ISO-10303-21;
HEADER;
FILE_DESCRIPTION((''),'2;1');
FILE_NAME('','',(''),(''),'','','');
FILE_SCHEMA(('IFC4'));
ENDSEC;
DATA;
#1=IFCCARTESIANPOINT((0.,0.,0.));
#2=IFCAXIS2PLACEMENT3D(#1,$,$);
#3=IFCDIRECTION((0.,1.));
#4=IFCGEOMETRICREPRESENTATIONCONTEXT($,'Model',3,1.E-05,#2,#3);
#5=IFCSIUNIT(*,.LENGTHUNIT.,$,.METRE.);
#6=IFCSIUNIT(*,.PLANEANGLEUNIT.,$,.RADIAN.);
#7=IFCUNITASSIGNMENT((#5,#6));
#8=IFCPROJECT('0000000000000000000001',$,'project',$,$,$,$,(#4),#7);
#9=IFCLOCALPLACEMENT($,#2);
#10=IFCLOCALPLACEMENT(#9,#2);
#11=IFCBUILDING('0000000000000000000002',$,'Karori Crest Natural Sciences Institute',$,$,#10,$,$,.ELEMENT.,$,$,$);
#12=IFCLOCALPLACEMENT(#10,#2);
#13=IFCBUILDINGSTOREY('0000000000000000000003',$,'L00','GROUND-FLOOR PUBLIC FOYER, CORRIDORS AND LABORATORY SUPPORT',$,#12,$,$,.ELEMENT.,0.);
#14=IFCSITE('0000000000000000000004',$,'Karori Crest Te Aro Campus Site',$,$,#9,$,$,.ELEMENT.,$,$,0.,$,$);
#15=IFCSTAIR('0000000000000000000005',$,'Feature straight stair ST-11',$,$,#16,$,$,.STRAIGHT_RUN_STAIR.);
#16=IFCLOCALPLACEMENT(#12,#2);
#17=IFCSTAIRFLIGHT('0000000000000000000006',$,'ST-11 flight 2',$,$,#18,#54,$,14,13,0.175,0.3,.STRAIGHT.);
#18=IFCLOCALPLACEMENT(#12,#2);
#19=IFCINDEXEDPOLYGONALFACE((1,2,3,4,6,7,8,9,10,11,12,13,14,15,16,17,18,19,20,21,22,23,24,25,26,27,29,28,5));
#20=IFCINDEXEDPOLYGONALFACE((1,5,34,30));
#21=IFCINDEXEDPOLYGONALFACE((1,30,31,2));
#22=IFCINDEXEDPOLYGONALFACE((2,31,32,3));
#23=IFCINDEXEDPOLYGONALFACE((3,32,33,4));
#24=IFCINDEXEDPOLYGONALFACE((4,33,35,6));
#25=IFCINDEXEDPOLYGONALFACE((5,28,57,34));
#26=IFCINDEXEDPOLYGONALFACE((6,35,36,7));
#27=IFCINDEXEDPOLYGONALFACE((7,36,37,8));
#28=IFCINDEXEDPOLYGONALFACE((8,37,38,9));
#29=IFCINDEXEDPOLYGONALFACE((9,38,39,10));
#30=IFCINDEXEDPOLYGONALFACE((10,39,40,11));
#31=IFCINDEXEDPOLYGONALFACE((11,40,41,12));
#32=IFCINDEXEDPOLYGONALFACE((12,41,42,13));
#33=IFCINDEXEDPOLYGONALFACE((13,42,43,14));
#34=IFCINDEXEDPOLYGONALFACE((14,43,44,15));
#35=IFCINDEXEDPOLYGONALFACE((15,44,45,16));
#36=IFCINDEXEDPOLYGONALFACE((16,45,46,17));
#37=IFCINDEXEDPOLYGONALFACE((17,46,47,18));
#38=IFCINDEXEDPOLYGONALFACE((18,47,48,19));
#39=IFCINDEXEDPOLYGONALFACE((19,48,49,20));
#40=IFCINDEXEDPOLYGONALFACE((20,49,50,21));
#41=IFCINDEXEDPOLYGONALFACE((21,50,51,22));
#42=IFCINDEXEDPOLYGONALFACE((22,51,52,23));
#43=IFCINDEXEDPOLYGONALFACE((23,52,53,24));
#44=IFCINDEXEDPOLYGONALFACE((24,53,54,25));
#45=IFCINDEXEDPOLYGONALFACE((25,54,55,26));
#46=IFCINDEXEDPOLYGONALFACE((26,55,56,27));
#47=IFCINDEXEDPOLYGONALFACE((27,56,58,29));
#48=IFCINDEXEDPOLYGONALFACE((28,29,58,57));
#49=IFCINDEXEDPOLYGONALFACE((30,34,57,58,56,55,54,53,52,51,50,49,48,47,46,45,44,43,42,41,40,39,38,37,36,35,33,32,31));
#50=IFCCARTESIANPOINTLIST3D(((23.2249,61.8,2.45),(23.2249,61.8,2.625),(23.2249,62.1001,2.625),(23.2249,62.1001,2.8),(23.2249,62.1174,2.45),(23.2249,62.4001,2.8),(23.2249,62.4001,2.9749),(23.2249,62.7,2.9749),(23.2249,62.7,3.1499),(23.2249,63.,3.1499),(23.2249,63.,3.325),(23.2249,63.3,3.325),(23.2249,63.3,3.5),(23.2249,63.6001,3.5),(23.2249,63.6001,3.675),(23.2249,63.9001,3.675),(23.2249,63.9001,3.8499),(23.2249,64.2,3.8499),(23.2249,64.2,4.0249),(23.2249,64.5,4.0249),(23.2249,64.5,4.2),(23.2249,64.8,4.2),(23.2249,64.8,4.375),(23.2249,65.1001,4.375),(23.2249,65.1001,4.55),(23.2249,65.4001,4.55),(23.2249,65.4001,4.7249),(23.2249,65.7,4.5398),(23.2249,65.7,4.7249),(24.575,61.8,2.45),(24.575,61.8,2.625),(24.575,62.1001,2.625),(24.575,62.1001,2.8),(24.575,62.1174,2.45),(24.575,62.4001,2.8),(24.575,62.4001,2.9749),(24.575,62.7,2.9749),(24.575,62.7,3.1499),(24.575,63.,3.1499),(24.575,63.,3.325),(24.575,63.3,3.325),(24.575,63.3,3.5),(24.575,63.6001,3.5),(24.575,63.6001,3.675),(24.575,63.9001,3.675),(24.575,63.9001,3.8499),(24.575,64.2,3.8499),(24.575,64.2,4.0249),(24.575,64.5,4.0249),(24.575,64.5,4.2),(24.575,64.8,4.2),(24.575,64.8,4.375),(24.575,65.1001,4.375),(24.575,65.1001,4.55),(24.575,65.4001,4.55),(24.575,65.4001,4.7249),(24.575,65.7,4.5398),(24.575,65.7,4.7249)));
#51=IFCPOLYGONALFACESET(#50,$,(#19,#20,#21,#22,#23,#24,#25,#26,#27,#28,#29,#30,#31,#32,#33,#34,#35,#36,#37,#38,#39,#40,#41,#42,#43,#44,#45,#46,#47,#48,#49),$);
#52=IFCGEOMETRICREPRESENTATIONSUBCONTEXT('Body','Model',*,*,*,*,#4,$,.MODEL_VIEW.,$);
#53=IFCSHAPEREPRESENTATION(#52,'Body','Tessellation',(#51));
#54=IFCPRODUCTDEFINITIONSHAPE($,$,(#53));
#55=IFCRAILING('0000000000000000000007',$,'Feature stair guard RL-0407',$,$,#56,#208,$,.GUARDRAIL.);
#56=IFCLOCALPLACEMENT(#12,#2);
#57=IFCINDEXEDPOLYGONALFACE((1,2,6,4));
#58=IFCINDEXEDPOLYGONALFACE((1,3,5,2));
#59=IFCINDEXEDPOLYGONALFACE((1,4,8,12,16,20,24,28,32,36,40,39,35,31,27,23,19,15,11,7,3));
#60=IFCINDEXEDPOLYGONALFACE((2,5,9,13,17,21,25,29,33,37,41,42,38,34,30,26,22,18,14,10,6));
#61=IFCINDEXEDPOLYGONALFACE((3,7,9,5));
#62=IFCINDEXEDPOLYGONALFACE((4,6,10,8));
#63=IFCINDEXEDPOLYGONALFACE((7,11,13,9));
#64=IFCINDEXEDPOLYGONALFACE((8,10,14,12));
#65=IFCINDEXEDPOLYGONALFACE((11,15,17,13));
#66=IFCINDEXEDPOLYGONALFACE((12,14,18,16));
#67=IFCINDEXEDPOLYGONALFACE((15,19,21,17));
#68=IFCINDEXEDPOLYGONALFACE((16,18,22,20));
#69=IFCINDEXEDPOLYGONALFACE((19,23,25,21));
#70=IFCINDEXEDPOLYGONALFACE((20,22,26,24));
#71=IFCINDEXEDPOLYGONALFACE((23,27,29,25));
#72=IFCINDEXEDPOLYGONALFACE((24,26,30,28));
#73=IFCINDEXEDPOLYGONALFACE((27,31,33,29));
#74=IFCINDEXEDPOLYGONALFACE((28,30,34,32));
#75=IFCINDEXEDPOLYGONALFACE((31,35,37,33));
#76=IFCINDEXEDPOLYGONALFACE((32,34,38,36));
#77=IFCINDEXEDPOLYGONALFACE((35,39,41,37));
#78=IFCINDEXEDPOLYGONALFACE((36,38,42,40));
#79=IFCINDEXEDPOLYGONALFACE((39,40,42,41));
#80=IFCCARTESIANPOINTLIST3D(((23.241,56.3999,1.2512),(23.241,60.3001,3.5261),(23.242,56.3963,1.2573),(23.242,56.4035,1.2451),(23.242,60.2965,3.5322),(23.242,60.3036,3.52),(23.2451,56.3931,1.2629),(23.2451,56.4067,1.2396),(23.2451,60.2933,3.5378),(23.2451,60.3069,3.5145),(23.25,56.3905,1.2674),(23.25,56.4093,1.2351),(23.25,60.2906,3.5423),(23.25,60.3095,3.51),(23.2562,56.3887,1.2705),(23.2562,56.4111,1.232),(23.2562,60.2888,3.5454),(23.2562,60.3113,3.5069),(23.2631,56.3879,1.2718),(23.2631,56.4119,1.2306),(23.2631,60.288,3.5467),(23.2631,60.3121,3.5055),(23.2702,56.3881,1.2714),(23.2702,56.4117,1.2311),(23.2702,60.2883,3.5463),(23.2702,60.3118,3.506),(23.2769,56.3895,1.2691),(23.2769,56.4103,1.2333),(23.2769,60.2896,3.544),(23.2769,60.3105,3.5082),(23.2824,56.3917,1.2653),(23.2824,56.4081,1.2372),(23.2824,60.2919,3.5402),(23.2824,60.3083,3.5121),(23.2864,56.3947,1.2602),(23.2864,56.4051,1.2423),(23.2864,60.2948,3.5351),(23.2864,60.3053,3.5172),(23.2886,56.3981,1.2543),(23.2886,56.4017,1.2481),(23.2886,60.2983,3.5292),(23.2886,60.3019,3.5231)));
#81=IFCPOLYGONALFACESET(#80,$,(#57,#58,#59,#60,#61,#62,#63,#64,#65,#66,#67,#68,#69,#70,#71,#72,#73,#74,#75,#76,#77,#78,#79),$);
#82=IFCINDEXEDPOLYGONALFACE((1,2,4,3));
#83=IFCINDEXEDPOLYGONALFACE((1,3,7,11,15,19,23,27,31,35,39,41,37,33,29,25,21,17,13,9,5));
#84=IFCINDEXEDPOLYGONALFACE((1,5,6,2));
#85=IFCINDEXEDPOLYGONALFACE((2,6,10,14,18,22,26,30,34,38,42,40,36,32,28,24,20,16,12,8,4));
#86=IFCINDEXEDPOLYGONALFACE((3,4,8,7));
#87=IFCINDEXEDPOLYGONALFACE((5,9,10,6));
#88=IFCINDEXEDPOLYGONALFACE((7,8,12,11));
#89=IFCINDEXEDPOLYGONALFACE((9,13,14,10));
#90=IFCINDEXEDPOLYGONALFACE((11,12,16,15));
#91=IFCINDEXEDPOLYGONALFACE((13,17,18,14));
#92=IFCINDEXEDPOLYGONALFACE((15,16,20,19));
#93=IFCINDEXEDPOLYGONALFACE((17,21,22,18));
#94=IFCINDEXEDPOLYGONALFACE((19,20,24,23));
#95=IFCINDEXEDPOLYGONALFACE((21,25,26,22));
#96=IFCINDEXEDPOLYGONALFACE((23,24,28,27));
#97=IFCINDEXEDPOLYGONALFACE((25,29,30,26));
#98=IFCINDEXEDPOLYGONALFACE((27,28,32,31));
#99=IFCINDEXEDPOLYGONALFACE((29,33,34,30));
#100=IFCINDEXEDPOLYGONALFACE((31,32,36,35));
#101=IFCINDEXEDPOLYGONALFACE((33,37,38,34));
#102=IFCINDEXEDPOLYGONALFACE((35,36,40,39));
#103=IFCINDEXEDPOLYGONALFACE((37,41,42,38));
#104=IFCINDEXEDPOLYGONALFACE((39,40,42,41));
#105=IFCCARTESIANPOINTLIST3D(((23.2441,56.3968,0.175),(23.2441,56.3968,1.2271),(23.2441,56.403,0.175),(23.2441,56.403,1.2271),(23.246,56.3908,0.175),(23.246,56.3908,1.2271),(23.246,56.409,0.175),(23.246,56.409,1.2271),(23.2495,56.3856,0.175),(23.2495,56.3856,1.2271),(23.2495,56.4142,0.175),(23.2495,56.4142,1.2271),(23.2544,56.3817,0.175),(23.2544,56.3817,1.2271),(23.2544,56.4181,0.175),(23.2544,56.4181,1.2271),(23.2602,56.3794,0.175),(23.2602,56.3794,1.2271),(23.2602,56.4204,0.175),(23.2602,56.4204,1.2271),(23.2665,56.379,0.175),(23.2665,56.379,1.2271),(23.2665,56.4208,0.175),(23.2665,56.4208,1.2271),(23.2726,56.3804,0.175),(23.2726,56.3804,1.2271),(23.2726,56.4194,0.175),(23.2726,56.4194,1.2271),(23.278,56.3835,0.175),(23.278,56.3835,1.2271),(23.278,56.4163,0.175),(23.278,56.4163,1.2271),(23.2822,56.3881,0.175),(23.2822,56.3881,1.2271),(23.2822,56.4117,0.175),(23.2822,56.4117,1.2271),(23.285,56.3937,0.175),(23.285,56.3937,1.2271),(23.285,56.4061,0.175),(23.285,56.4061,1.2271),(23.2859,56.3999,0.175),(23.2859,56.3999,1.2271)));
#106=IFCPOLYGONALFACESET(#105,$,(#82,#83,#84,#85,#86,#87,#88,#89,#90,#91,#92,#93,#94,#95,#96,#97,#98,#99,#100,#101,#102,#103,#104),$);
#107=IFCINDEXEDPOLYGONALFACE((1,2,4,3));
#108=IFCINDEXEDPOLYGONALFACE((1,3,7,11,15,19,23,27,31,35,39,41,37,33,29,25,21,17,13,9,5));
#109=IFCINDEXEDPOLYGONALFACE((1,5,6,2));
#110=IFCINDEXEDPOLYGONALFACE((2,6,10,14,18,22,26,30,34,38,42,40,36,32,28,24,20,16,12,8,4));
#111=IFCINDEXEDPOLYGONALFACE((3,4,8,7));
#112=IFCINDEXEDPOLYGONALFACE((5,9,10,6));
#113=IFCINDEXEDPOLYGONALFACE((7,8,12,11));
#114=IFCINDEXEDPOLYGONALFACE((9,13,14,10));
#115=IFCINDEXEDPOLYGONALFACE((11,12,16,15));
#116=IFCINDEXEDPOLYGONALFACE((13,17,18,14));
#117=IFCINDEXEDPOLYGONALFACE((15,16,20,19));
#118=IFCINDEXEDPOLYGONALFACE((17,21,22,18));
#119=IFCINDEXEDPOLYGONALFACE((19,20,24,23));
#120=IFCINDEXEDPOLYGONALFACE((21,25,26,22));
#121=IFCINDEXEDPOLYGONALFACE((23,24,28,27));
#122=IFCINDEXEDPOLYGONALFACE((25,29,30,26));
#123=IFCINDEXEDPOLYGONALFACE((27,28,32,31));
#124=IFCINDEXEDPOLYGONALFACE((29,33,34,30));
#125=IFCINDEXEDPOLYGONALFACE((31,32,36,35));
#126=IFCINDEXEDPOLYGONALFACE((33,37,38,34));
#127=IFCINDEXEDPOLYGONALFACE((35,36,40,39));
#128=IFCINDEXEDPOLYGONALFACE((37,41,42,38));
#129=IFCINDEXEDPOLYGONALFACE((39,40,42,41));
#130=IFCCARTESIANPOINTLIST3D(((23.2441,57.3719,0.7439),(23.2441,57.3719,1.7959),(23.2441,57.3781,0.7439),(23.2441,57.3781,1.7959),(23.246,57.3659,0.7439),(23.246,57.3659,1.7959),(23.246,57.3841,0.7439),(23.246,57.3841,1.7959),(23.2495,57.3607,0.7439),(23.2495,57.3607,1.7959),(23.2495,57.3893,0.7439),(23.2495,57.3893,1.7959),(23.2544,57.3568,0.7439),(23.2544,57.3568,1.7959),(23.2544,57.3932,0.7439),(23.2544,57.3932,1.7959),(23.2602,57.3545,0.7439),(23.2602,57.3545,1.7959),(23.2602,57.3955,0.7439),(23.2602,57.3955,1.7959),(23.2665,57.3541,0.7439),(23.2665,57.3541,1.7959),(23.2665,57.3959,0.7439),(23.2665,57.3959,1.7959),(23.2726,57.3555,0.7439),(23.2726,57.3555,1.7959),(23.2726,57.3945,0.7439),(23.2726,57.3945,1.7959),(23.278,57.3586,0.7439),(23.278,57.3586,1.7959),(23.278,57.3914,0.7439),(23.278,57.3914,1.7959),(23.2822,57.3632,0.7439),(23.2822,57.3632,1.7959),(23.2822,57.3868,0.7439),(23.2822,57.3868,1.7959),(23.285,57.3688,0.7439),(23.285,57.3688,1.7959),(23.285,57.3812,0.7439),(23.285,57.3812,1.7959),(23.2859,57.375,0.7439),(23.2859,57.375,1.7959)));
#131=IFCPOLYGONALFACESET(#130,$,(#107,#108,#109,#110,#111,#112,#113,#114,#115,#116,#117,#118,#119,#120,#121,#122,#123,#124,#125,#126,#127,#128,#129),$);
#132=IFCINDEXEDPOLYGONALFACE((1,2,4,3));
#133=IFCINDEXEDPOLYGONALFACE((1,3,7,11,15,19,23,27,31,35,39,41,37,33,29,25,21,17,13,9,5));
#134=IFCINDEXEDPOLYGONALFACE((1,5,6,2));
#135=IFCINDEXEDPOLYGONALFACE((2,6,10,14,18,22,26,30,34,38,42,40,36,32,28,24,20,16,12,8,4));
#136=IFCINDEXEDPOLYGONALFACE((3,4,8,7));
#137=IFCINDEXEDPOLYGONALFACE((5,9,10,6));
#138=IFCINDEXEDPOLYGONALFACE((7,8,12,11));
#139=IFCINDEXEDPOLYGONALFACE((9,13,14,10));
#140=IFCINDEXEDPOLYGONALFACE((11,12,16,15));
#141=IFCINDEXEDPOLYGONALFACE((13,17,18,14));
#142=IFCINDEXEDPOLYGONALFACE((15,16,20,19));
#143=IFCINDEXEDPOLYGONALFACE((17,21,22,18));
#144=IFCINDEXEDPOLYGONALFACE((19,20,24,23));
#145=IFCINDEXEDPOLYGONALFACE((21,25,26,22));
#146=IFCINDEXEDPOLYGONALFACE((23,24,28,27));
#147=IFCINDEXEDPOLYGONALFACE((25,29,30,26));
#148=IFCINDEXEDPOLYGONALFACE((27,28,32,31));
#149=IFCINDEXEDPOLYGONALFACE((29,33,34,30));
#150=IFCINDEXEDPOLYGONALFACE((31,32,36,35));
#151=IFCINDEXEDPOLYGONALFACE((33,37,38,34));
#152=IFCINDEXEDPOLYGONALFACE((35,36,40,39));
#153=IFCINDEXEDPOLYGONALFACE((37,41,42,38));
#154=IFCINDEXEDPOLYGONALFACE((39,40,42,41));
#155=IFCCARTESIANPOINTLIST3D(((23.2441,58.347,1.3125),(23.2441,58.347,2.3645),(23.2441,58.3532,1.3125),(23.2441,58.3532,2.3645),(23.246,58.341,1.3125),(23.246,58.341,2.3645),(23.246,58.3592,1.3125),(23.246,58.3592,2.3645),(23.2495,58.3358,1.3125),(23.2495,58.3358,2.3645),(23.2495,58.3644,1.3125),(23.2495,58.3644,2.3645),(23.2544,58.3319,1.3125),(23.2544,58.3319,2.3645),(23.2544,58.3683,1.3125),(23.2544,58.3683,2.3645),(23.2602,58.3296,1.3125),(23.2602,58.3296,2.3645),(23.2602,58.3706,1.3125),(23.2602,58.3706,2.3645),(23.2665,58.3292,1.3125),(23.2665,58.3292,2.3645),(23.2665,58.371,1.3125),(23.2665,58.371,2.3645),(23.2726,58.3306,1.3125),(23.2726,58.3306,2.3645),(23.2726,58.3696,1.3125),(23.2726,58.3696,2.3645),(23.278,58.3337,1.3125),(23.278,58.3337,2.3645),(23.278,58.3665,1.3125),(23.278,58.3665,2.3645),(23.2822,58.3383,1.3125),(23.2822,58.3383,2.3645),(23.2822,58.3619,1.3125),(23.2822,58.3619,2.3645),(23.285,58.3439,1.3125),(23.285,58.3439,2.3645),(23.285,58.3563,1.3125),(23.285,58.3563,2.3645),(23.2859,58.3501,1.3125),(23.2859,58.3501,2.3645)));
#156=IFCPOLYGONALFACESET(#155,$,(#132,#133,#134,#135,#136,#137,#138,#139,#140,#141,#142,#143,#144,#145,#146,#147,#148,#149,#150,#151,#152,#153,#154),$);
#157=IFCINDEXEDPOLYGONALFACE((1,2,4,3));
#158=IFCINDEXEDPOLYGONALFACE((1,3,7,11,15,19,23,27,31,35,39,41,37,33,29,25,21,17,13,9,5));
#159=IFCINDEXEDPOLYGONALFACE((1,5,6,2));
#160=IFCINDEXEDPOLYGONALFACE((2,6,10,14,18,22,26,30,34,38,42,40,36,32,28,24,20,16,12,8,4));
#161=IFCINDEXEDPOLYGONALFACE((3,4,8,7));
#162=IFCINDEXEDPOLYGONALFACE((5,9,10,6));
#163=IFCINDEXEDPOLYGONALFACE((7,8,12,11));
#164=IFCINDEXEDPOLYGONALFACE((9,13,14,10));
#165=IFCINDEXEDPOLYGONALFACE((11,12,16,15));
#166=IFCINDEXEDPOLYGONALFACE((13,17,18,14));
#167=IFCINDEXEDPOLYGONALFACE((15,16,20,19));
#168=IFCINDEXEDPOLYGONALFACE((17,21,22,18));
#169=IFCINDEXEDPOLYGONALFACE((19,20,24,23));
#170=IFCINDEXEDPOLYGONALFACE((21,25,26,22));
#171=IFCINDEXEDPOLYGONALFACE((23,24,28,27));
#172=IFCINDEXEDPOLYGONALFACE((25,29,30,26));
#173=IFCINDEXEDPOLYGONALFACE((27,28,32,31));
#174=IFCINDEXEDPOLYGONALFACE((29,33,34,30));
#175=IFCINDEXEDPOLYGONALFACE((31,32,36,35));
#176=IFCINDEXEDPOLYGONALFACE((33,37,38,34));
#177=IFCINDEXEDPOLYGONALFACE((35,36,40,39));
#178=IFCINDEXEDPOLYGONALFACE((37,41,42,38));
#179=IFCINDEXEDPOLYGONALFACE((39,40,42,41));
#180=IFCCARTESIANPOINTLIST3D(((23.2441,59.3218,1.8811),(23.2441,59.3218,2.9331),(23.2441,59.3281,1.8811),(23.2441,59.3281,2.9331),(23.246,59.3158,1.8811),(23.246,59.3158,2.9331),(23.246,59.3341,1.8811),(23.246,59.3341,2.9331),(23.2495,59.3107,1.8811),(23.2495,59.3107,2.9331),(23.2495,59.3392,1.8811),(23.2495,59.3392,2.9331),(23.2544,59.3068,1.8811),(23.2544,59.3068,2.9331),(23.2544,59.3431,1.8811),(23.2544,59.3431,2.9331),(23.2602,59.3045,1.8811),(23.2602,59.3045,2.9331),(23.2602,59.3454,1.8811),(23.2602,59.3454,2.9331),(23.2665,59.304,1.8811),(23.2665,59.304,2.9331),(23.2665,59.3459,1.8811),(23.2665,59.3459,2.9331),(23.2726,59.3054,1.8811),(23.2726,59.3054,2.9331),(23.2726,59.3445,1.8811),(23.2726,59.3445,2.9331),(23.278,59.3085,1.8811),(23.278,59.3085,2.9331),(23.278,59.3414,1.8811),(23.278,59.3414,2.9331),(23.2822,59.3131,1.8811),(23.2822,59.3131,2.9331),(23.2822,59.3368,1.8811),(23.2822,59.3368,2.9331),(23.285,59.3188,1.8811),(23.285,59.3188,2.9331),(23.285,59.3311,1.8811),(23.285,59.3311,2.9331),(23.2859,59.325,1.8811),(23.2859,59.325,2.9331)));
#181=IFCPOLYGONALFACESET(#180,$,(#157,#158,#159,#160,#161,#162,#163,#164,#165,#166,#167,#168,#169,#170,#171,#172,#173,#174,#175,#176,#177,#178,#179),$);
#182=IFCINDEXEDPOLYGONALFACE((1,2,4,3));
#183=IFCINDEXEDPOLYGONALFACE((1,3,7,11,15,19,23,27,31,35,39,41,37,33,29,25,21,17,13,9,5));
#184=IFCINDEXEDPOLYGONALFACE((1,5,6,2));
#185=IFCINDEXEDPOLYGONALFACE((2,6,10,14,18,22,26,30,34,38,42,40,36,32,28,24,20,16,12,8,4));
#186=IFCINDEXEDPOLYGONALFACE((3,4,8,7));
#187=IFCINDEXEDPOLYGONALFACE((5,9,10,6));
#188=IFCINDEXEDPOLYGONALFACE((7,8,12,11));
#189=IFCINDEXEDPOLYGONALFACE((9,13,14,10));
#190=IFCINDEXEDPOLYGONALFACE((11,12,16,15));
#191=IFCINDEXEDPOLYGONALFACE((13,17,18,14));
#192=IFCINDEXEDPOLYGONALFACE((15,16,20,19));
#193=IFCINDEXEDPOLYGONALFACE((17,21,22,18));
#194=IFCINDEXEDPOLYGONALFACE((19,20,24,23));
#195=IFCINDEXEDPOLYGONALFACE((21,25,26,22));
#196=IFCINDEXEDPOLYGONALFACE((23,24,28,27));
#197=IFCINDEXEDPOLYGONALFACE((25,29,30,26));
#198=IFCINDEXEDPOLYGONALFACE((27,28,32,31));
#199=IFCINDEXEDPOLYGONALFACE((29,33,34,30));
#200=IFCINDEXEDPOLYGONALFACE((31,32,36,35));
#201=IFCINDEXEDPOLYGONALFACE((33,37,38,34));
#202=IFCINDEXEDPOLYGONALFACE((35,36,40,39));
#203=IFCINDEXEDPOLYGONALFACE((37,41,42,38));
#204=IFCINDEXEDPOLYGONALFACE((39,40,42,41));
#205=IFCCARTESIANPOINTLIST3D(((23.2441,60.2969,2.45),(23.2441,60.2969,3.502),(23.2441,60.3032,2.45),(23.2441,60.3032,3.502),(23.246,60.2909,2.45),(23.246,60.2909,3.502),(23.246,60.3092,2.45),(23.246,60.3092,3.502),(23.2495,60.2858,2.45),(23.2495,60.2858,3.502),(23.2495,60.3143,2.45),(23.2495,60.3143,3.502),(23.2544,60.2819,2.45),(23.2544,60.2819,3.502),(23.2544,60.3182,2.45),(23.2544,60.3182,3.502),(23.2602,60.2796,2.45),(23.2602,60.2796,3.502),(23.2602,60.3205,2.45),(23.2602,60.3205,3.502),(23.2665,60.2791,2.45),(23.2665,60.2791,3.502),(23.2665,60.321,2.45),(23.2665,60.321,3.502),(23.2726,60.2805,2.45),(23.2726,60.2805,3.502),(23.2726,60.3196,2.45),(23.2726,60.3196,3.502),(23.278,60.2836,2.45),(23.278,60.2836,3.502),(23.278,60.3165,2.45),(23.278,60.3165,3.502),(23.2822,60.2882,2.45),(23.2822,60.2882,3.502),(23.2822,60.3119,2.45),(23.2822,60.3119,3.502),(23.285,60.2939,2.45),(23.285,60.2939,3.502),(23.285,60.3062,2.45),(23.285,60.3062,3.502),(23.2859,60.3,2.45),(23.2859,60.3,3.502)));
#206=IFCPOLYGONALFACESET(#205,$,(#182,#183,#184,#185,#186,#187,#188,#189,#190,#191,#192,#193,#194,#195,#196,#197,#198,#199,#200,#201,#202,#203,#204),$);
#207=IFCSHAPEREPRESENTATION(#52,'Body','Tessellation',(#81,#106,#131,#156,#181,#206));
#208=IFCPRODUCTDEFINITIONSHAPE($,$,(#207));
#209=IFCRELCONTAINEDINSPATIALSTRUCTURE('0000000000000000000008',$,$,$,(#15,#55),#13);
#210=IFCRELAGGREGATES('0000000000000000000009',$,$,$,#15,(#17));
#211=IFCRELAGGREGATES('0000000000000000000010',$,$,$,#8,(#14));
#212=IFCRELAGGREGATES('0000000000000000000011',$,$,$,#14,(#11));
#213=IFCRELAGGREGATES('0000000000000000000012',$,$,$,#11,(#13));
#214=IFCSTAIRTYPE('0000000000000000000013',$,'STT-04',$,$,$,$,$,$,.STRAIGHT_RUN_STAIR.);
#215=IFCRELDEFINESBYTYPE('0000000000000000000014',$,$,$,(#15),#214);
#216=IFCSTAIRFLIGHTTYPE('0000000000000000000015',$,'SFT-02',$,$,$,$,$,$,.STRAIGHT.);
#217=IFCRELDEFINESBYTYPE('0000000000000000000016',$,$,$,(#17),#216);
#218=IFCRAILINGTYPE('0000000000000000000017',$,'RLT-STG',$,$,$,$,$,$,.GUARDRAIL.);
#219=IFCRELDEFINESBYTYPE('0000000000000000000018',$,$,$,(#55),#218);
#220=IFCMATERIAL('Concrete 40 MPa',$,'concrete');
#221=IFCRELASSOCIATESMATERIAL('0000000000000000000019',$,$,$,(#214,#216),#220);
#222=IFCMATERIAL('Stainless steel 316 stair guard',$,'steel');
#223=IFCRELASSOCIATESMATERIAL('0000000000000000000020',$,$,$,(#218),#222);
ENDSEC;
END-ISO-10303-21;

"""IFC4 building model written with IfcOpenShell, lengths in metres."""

from ifc_helpers import new_model, si_unit, direction, frame, origin, origin_2d, place, context, subcontext, project, spatial, polyline, circle, outline, extrude, material, type_object, element, aggregate, save


model = new_model("IFC4")

# Units and contexts
model_context = context("Model", 3, precision=1e-05, world=origin(), true_north=direction((0.0, 1.0)))
body_context = subcontext(model_context, "Body", "Model", "MODEL_VIEW")
ifc_project = project(units=[si_unit("LENGTHUNIT", "METRE"), si_unit("PLANEANGLEUNIT", "RADIAN")], contexts=[model_context])

# Site, building, storey
site_placement = place(None, origin())
site = spatial("IfcSite", under=ifc_project, at=site_placement, Name="Karori Crest Te Aro Campus Site", CompositionType="ELEMENT", RefElevation=0.0)
building_placement = place(site_placement, origin())
building = spatial("IfcBuilding", under=site, at=building_placement, Name="Karori Crest Natural Sciences Institute", CompositionType="ELEMENT")
storey_placement = place(building_placement, origin())
storey = spatial("IfcBuildingStorey", under=building, at=storey_placement, Name="L00", Description="GROUND-FLOOR PUBLIC FOYER, CORRIDORS AND LABORATORY SUPPORT", CompositionType="ELEMENT", Elevation=0.0)

# Stair, stair flight
ifc_material_1 = material(Name="Concrete 40 MPa", Category="concrete")
stair_type = type_object("IfcStairType", Name="STT-04", PredefinedType="STRAIGHT_RUN_STAIR", material=ifc_material_1)
stair_placement = place(storey_placement, origin())
stair = element("IfcStair", 1, at=stair_placement, inside=storey, type_object=stair_type, Name="Feature straight stair ST-11", PredefinedType="STRAIGHT_RUN_STAIR")
stair_flight_type = type_object("IfcStairFlightType", Name="SFT-02", PredefinedType="STRAIGHT", material=ifc_material_1)
stair_flight_1_placement = place(storey_placement, frame((23.8999, 61.8, 2.45), z_axis=(0.0, 0.0, 1.0), x_axis=(0.0, 1.0, 0.0)))
stair_flight_1 = element("IfcStairFlight", 2, at=stair_flight_1_placement, type_object=stair_flight_type, Name="ST-11 flight 2", NumberOfRisers=14, NumberOfTreads=13, PredefinedType="STRAIGHT", RiserHeight=0.175, TreadLength=0.3, context=body_context, shape_type="SweptSolid", body=[
    extrude(outline(polyline([(0.0, 0.0), (0.0, 0.175), (0.3, 0.175), (0.3, 0.3501), (0.6001, 0.3501), (0.6001, 0.5249), (0.8999, 0.5249), (0.8999, 0.7), (1.2, 0.7), (1.2, 0.875), (1.5, 0.875), (1.5, 1.05), (1.8, 1.05), (1.8, 1.2251), (2.1001, 1.2251), (2.1001, 1.3999), (2.3999, 1.3999), (2.3999, 1.575), (2.7, 1.575), (2.7, 1.75), (3.0, 1.75), (3.0, 1.925), (3.3, 1.925), (3.3, 2.1001), (3.6001, 2.1001), (3.6001, 2.2749), (3.8999, 2.2749), (3.8999, 2.45), (3.8999, 2.0898), (0.3174, 0.0), (0.0, 0.0)])), frame((0.0, 0.675, 0.0), z_axis=(0.0, -1.0, 0.0), x_axis=(1.0, 0.0, 0.0)), (0.0, 0.0, 1.0), 1.3501),
])
aggregate(stair, [stair_flight_1])

# Railing
ifc_material_2 = material(Name="Stainless steel 316 stair guard", Category="steel")
railing_type = type_object("IfcRailingType", Name="RLT-STG", PredefinedType="GUARDRAIL", material=ifc_material_2)
railing_1_placement = place(storey_placement, frame((23.2649, 56.3999, 0.175)))
element("IfcRailing", 3, at=railing_1_placement, inside=storey, type_object=railing_type, Name="Feature stair guard RL-0407", PredefinedType="GUARDRAIL", context=body_context, shape_type="SweptSolid", body=[
    extrude(circle(Radius=0.0239, at=origin_2d()), frame((0.0, 0.0, 1.0762), z_axis=(0.0, 0.863797, 0.503841), x_axis=(-1.0, 0.0, 0.0)), (0.0, 0.0, 1.0), 4.5151),
    extrude(circle(Radius=0.021, at=origin_2d()), origin(), (0.0, 0.0, 1.0), 1.052),
    extrude(circle(Radius=0.021, at=origin_2d()), frame((0.0, 0.9751, 0.5688)), (0.0, 0.0, 1.0), 1.052),
    extrude(circle(Radius=0.021, at=origin_2d()), frame((0.0, 1.9502, 1.1375)), (0.0, 0.0, 1.0), 1.052),
    extrude(circle(Radius=0.021, at=origin_2d()), frame((0.0, 2.925, 1.7061)), (0.0, 0.0, 1.0), 1.052),
    extrude(circle(Radius=0.021, at=origin_2d()), frame((0.0, 3.9001, 2.2749)), (0.0, 0.0, 1.0), 1.052),
])

save(model, "model.ifc")
